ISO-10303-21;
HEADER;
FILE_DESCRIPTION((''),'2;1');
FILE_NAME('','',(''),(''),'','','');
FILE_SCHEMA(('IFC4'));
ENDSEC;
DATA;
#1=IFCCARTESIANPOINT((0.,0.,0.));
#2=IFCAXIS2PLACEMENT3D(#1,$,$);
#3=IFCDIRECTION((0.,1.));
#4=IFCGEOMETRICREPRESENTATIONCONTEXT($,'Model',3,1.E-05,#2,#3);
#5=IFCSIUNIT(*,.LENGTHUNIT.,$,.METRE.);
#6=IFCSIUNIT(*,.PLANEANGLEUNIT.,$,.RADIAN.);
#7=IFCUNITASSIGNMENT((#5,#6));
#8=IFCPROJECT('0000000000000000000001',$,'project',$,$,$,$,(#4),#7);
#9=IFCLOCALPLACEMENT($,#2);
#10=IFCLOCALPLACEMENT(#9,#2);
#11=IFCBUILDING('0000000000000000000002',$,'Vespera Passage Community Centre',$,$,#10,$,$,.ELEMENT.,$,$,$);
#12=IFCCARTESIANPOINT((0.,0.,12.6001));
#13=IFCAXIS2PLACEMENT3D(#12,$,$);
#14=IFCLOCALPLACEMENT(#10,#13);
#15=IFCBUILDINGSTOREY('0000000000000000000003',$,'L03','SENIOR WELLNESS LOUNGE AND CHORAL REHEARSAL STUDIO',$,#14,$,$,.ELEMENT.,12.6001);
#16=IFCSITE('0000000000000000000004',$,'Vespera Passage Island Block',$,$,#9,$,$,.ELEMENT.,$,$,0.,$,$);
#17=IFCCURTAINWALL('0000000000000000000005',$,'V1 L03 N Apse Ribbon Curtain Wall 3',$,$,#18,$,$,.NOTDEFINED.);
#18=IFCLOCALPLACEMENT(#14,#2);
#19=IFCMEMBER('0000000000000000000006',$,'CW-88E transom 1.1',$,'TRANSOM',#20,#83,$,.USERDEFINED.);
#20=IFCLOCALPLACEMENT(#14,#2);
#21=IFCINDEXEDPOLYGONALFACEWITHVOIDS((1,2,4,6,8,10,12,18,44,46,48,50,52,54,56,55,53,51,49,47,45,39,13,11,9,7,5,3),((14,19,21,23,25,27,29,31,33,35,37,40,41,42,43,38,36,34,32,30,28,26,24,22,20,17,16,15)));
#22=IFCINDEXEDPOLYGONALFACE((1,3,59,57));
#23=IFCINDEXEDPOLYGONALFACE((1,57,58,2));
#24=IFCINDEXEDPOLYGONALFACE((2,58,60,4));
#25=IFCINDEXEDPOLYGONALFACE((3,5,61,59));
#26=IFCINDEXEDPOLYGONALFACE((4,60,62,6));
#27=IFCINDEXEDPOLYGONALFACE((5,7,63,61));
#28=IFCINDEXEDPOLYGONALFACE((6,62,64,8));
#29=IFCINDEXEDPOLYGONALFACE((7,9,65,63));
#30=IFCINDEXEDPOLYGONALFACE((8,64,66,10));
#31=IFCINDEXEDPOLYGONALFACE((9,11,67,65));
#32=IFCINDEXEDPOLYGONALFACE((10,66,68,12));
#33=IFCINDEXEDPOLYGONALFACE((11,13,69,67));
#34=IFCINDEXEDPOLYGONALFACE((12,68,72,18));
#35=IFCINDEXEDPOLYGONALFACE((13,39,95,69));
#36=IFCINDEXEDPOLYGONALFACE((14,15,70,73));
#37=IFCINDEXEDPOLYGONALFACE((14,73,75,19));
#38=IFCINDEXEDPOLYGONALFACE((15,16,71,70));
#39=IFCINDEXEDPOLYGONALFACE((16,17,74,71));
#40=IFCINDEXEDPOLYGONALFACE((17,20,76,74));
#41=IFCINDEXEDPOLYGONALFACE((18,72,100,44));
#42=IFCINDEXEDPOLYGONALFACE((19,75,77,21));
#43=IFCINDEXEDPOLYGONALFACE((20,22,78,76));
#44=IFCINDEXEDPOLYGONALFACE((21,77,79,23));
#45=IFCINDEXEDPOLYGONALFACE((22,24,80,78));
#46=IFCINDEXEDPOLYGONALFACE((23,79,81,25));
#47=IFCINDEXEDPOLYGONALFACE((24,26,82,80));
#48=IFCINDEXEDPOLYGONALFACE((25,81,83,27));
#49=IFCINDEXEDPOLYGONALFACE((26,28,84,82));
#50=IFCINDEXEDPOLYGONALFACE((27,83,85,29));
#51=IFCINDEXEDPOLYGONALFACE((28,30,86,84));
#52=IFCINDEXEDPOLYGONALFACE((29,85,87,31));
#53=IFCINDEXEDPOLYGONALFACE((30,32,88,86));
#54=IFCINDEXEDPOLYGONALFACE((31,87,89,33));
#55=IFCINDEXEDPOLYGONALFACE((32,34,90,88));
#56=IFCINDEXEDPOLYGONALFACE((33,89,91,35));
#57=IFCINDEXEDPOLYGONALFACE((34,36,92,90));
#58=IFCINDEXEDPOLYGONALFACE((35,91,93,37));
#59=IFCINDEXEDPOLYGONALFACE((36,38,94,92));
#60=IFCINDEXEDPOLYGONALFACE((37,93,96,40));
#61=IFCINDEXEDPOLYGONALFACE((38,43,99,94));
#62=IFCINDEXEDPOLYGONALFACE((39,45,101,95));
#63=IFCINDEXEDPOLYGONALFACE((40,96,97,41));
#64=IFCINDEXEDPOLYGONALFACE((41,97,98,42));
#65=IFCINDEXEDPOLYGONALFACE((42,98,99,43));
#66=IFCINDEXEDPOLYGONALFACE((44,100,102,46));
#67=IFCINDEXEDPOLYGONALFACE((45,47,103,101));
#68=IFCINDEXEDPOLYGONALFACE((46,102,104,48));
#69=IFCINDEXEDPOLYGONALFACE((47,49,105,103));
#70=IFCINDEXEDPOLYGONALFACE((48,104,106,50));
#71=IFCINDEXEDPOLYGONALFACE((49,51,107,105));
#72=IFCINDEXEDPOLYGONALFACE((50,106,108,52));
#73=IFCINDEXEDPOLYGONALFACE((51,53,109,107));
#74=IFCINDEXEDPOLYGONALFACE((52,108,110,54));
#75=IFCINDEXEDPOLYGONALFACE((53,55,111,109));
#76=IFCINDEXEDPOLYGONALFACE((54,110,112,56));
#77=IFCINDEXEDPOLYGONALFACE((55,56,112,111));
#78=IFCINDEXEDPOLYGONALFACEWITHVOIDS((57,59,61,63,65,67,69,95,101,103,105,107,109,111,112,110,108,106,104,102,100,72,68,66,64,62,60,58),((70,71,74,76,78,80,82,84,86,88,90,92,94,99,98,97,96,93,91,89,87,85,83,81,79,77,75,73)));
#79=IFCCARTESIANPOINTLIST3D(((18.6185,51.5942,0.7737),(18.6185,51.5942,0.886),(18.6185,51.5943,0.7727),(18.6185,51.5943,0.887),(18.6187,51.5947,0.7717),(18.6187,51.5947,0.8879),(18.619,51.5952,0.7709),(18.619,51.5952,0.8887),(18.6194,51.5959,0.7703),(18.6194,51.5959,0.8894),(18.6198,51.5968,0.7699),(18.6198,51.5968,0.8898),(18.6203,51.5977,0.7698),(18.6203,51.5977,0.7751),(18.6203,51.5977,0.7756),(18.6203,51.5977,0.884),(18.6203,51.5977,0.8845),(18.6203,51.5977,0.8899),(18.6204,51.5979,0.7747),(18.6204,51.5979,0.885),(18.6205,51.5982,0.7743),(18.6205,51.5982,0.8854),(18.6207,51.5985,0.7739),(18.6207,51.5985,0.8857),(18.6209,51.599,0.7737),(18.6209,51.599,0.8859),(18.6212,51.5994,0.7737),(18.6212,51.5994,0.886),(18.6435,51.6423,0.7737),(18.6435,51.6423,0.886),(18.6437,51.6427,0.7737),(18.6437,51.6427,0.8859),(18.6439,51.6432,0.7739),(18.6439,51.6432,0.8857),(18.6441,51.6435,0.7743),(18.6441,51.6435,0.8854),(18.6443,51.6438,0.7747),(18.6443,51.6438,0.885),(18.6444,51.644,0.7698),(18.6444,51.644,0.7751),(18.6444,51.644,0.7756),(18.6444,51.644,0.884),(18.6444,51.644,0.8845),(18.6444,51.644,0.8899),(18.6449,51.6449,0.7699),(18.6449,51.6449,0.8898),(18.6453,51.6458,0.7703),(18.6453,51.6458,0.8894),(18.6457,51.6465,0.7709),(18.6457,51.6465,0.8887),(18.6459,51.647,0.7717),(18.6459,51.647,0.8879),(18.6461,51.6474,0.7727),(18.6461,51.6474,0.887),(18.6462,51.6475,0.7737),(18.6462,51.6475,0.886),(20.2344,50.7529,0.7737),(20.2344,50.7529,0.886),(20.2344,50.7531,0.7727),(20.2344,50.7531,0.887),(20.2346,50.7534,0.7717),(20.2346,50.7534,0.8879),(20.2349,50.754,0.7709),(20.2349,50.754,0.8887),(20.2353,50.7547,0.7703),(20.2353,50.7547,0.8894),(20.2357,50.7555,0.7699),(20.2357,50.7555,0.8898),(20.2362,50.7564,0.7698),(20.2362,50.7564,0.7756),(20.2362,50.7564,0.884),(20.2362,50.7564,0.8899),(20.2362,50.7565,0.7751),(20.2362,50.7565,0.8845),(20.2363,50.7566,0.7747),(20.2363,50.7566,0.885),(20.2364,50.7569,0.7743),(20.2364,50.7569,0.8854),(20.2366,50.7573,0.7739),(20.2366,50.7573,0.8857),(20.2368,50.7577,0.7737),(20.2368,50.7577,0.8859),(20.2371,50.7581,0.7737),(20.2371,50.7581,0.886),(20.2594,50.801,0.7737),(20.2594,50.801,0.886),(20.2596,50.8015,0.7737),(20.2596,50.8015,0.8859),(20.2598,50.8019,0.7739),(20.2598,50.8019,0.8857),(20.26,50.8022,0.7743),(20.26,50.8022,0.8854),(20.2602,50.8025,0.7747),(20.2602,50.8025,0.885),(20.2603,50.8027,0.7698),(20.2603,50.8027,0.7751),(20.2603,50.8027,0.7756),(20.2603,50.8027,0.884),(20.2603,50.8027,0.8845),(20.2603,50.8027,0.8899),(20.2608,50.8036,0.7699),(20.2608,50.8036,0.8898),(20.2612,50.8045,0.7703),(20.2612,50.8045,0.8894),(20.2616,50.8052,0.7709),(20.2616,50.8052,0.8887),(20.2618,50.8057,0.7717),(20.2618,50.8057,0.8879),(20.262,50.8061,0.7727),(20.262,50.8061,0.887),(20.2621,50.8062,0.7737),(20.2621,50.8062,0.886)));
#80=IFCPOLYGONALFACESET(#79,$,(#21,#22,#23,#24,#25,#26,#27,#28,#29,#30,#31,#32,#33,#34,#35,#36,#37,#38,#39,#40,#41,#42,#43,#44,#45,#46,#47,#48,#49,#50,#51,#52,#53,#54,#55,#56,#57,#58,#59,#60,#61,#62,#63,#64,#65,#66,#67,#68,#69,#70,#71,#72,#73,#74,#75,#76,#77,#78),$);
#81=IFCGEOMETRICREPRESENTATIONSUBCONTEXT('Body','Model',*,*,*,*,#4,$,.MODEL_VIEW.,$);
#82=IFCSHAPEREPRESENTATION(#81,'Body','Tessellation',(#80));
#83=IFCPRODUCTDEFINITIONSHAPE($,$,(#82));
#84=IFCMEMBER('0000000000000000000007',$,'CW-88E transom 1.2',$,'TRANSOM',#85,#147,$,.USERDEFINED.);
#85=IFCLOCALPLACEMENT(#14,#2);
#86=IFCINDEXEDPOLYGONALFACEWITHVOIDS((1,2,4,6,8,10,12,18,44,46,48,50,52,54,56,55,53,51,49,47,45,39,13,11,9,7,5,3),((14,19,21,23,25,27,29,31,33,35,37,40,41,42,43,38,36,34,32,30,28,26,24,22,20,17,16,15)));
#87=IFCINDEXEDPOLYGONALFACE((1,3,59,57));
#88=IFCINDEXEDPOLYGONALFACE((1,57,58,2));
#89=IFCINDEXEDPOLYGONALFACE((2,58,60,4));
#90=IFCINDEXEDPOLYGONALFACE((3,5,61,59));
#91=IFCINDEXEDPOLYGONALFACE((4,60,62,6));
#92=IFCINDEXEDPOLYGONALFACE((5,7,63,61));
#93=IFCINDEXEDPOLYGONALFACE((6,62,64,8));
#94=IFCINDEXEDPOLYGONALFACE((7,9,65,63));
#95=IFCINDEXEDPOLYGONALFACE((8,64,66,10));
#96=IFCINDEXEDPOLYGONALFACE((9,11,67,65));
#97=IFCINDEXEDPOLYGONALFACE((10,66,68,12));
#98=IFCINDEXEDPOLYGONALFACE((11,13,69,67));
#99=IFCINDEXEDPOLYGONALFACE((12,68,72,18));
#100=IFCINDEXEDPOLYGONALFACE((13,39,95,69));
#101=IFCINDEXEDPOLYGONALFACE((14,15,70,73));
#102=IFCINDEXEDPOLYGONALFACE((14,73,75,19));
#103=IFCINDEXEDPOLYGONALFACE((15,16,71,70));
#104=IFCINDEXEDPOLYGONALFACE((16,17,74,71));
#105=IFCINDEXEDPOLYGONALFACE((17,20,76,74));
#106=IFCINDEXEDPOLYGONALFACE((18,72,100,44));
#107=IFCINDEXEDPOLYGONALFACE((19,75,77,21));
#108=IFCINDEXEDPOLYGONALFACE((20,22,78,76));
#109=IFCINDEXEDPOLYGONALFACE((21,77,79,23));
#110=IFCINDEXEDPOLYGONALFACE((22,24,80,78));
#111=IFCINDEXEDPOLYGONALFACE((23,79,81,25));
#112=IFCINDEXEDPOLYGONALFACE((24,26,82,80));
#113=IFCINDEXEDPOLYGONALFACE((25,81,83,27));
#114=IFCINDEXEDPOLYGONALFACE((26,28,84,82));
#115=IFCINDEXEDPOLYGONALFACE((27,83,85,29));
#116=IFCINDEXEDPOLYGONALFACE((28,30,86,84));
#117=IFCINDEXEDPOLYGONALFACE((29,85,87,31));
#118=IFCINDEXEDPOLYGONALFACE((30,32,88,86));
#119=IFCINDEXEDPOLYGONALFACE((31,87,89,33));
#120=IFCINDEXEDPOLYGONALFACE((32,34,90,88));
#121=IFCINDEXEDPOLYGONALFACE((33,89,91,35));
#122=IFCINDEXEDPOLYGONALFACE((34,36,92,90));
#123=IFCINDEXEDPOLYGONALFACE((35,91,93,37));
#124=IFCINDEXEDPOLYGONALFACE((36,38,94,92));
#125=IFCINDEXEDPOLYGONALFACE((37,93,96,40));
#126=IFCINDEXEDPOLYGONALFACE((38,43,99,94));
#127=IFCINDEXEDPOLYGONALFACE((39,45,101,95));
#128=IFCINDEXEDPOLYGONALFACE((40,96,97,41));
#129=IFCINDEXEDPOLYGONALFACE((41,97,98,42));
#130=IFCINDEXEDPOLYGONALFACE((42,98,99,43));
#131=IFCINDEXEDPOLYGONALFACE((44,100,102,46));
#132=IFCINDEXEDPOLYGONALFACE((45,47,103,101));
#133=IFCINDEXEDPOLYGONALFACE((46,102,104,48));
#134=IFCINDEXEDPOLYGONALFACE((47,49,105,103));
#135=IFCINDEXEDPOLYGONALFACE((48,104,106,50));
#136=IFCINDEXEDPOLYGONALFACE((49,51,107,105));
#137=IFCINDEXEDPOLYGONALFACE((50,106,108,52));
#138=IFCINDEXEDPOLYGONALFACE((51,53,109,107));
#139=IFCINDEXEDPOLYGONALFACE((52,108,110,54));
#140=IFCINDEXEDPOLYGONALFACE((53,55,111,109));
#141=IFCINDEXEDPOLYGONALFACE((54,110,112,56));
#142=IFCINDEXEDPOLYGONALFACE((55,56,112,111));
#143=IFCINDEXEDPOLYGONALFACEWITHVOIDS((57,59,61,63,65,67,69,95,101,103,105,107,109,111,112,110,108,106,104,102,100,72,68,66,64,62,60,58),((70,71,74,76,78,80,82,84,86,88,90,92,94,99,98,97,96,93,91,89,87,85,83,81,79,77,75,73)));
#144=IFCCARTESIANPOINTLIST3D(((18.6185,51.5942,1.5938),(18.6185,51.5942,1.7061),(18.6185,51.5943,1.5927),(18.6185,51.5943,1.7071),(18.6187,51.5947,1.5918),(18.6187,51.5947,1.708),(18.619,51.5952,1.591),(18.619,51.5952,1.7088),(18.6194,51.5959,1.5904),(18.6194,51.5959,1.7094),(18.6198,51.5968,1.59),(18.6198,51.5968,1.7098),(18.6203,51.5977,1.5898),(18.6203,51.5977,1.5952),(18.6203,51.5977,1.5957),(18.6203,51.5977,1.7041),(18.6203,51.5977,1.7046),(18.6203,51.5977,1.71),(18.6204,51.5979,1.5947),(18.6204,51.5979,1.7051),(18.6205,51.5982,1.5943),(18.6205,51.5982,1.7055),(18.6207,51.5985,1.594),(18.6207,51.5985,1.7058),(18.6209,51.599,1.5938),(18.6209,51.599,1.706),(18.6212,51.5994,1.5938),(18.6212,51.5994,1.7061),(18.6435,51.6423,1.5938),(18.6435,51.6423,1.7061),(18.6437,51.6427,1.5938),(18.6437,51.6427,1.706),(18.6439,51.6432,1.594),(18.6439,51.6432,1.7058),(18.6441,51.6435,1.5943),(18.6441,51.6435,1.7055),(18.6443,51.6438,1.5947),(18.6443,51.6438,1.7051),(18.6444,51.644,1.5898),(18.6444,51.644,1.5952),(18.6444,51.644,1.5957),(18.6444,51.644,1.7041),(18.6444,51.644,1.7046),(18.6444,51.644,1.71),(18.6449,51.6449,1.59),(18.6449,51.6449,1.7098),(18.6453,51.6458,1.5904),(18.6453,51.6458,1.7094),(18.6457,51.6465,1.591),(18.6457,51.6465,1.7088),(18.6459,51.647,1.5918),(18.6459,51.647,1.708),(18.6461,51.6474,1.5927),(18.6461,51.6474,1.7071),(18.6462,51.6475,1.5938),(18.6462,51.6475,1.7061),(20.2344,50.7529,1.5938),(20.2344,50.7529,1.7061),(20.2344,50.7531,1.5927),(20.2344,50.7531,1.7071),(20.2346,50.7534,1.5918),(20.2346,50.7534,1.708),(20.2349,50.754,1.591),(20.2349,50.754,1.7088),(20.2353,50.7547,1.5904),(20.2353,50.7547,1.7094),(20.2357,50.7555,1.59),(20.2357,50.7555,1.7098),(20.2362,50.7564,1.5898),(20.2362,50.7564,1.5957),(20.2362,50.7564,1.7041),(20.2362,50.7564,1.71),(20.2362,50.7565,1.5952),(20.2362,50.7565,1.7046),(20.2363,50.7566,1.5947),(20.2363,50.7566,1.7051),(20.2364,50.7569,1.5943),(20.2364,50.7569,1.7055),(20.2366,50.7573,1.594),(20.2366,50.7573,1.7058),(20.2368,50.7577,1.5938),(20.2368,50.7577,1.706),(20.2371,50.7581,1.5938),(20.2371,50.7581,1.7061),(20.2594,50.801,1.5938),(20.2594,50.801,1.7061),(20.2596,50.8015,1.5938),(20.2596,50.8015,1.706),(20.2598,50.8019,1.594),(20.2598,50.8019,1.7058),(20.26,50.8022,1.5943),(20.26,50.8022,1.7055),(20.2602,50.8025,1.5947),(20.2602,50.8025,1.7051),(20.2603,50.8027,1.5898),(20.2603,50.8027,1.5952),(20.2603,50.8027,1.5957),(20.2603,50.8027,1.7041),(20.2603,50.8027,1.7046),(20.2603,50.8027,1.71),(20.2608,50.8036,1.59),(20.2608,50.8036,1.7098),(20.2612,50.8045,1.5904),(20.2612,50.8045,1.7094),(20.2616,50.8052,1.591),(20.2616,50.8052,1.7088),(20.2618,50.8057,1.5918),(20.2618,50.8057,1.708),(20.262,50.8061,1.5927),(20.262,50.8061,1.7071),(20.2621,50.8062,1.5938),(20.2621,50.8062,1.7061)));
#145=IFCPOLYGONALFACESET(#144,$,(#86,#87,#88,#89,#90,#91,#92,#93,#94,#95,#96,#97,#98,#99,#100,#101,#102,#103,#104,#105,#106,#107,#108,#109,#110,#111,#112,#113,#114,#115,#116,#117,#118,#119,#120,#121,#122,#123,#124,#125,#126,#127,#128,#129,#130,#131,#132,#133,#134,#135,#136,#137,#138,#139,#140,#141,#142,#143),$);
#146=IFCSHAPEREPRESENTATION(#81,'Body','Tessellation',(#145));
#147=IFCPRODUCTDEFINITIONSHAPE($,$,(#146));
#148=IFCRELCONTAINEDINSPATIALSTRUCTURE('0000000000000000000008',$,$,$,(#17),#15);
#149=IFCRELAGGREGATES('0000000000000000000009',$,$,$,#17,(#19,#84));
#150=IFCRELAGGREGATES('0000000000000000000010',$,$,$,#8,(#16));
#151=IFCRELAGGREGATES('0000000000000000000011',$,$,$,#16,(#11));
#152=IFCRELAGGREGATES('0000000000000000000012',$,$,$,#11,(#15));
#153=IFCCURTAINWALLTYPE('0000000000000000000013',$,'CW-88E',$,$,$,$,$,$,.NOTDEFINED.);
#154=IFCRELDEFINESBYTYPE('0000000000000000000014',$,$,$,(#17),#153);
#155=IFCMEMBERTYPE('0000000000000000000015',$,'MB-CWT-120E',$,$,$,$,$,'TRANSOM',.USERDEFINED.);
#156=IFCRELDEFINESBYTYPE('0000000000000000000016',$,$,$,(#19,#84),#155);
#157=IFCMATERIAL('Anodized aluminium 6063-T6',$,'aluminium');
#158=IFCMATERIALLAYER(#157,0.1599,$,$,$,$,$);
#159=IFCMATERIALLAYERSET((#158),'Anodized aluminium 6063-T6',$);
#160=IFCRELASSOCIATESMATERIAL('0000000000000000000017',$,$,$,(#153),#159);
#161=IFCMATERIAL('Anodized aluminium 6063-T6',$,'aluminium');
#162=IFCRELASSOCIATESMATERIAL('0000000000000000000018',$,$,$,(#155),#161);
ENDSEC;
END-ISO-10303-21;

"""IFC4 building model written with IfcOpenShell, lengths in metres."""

from ifc_helpers import new_model, si_unit, direction, frame, origin, origin_2d, place, context, subcontext, project, spatial, hollow_rectangle, extrude, material, layer, layer_set, material_profile, profile_set, type_object, element, aggregate, save


model = new_model("IFC4")

# Units and contexts
model_context = context("Model", 3, precision=1e-05, world=origin(), true_north=direction((0.0, 1.0)))
body_context = subcontext(model_context, "Body", "Model", "MODEL_VIEW")
ifc_project = project(units=[si_unit("LENGTHUNIT", "METRE"), si_unit("PLANEANGLEUNIT", "RADIAN")], contexts=[model_context])

# Site, building, storey
site_placement = place(None, origin())
site = spatial("IfcSite", under=ifc_project, at=site_placement, Name="Vespera Passage Island Block", CompositionType="ELEMENT", RefElevation=0.0)
building_placement = place(site_placement, origin())
building = spatial("IfcBuilding", under=site, at=building_placement, Name="Vespera Passage Community Centre", CompositionType="ELEMENT")
storey_placement = place(building_placement, frame((0.0, 0.0, 12.6001)))
storey = spatial("IfcBuildingStorey", under=building, at=storey_placement, Name="L03", Description="SENIOR WELLNESS LOUNGE AND CHORAL REHEARSAL STUDIO", CompositionType="ELEMENT", Elevation=12.6001)

# Shared definitions
ifc_material_1 = material(Name="Anodized aluminium 6063-T6", Category="aluminium")
ifc_layer_1 = layer(ifc_material_1, 0.1599)
ifc_layer_set_1 = layer_set([ifc_layer_1], Name="Anodized aluminium 6063-T6")
curtain_wall_type = type_object("IfcCurtainWallType", Name="CW-88E", PredefinedType="NOTDEFINED", material=ifc_layer_set_1)

# Curtain wall, members
curtain_wall_1_placement = place(storey_placement, origin())
curtain_wall_1 = element("IfcCurtainWall", 1, at=curtain_wall_1_placement, inside=storey, type_object=curtain_wall_type, Name="V1 L03 N Apse Ribbon Curtain Wall 3", PredefinedType="NOTDEFINED")
ifc_material_2 = material(Name="Anodized aluminium 6063-T6", Category="aluminium")
ifc_material_profile_1 = material_profile(ifc_material_2, hollow_rectangle(XDim=0.0601, YDim=0.1201, WallThickness=0.0039, InnerFilletRadius=0.002, OuterFilletRadius=0.0039, at=origin_2d()), Name="ALU120X60X4")
ifc_profile_set_1 = profile_set([ifc_material_profile_1], Name="Anodized aluminium 6063-T6")
member_type_1 = type_object("IfcMemberType", Name="MB-CWT-120E", ElementType="TRANSOM", PredefinedType="USERDEFINED", material=ifc_profile_set_1)
member_1_placement = place(storey_placement, frame((18.6323, 51.6208, 0.8298), z_axis=(0.886991, -0.461787, 0.0), x_axis=(0.461787, 0.886991, 0.0)))
member_1 = element("IfcMember", 2, at=member_1_placement, type_object=member_type_1, Name="CW-88E transom 1.1", ObjectType="TRANSOM", PredefinedType="USERDEFINED", context=body_context, shape_type="SweptSolid", body=[
    extrude(hollow_rectangle(XDim=0.0601, YDim=0.1201, WallThickness=0.0039, InnerFilletRadius=0.002, OuterFilletRadius=0.0039, at=origin_2d()), origin(), (0.0, 0.0, 1.0), 1.8218),
])
member_2_placement = place(storey_placement, frame((18.6323, 51.6208, 1.6499), z_axis=(0.886991, -0.461787, 0.0), x_axis=(0.461787, 0.886991, 0.0)))
member_2 = element("IfcMember", 3, at=member_2_placement, type_object=member_type_1, Name="CW-88E transom 1.2", ObjectType="TRANSOM", PredefinedType="USERDEFINED", context=body_context, shape_type="SweptSolid", body=[
    extrude(hollow_rectangle(XDim=0.0601, YDim=0.1201, WallThickness=0.0039, InnerFilletRadius=0.002, OuterFilletRadius=0.0039, at=origin_2d()), origin(), (0.0, 0.0, 1.0), 1.8218),
])
aggregate(curtain_wall_1, [member_1, member_2])

save(model, "model.ifc")
